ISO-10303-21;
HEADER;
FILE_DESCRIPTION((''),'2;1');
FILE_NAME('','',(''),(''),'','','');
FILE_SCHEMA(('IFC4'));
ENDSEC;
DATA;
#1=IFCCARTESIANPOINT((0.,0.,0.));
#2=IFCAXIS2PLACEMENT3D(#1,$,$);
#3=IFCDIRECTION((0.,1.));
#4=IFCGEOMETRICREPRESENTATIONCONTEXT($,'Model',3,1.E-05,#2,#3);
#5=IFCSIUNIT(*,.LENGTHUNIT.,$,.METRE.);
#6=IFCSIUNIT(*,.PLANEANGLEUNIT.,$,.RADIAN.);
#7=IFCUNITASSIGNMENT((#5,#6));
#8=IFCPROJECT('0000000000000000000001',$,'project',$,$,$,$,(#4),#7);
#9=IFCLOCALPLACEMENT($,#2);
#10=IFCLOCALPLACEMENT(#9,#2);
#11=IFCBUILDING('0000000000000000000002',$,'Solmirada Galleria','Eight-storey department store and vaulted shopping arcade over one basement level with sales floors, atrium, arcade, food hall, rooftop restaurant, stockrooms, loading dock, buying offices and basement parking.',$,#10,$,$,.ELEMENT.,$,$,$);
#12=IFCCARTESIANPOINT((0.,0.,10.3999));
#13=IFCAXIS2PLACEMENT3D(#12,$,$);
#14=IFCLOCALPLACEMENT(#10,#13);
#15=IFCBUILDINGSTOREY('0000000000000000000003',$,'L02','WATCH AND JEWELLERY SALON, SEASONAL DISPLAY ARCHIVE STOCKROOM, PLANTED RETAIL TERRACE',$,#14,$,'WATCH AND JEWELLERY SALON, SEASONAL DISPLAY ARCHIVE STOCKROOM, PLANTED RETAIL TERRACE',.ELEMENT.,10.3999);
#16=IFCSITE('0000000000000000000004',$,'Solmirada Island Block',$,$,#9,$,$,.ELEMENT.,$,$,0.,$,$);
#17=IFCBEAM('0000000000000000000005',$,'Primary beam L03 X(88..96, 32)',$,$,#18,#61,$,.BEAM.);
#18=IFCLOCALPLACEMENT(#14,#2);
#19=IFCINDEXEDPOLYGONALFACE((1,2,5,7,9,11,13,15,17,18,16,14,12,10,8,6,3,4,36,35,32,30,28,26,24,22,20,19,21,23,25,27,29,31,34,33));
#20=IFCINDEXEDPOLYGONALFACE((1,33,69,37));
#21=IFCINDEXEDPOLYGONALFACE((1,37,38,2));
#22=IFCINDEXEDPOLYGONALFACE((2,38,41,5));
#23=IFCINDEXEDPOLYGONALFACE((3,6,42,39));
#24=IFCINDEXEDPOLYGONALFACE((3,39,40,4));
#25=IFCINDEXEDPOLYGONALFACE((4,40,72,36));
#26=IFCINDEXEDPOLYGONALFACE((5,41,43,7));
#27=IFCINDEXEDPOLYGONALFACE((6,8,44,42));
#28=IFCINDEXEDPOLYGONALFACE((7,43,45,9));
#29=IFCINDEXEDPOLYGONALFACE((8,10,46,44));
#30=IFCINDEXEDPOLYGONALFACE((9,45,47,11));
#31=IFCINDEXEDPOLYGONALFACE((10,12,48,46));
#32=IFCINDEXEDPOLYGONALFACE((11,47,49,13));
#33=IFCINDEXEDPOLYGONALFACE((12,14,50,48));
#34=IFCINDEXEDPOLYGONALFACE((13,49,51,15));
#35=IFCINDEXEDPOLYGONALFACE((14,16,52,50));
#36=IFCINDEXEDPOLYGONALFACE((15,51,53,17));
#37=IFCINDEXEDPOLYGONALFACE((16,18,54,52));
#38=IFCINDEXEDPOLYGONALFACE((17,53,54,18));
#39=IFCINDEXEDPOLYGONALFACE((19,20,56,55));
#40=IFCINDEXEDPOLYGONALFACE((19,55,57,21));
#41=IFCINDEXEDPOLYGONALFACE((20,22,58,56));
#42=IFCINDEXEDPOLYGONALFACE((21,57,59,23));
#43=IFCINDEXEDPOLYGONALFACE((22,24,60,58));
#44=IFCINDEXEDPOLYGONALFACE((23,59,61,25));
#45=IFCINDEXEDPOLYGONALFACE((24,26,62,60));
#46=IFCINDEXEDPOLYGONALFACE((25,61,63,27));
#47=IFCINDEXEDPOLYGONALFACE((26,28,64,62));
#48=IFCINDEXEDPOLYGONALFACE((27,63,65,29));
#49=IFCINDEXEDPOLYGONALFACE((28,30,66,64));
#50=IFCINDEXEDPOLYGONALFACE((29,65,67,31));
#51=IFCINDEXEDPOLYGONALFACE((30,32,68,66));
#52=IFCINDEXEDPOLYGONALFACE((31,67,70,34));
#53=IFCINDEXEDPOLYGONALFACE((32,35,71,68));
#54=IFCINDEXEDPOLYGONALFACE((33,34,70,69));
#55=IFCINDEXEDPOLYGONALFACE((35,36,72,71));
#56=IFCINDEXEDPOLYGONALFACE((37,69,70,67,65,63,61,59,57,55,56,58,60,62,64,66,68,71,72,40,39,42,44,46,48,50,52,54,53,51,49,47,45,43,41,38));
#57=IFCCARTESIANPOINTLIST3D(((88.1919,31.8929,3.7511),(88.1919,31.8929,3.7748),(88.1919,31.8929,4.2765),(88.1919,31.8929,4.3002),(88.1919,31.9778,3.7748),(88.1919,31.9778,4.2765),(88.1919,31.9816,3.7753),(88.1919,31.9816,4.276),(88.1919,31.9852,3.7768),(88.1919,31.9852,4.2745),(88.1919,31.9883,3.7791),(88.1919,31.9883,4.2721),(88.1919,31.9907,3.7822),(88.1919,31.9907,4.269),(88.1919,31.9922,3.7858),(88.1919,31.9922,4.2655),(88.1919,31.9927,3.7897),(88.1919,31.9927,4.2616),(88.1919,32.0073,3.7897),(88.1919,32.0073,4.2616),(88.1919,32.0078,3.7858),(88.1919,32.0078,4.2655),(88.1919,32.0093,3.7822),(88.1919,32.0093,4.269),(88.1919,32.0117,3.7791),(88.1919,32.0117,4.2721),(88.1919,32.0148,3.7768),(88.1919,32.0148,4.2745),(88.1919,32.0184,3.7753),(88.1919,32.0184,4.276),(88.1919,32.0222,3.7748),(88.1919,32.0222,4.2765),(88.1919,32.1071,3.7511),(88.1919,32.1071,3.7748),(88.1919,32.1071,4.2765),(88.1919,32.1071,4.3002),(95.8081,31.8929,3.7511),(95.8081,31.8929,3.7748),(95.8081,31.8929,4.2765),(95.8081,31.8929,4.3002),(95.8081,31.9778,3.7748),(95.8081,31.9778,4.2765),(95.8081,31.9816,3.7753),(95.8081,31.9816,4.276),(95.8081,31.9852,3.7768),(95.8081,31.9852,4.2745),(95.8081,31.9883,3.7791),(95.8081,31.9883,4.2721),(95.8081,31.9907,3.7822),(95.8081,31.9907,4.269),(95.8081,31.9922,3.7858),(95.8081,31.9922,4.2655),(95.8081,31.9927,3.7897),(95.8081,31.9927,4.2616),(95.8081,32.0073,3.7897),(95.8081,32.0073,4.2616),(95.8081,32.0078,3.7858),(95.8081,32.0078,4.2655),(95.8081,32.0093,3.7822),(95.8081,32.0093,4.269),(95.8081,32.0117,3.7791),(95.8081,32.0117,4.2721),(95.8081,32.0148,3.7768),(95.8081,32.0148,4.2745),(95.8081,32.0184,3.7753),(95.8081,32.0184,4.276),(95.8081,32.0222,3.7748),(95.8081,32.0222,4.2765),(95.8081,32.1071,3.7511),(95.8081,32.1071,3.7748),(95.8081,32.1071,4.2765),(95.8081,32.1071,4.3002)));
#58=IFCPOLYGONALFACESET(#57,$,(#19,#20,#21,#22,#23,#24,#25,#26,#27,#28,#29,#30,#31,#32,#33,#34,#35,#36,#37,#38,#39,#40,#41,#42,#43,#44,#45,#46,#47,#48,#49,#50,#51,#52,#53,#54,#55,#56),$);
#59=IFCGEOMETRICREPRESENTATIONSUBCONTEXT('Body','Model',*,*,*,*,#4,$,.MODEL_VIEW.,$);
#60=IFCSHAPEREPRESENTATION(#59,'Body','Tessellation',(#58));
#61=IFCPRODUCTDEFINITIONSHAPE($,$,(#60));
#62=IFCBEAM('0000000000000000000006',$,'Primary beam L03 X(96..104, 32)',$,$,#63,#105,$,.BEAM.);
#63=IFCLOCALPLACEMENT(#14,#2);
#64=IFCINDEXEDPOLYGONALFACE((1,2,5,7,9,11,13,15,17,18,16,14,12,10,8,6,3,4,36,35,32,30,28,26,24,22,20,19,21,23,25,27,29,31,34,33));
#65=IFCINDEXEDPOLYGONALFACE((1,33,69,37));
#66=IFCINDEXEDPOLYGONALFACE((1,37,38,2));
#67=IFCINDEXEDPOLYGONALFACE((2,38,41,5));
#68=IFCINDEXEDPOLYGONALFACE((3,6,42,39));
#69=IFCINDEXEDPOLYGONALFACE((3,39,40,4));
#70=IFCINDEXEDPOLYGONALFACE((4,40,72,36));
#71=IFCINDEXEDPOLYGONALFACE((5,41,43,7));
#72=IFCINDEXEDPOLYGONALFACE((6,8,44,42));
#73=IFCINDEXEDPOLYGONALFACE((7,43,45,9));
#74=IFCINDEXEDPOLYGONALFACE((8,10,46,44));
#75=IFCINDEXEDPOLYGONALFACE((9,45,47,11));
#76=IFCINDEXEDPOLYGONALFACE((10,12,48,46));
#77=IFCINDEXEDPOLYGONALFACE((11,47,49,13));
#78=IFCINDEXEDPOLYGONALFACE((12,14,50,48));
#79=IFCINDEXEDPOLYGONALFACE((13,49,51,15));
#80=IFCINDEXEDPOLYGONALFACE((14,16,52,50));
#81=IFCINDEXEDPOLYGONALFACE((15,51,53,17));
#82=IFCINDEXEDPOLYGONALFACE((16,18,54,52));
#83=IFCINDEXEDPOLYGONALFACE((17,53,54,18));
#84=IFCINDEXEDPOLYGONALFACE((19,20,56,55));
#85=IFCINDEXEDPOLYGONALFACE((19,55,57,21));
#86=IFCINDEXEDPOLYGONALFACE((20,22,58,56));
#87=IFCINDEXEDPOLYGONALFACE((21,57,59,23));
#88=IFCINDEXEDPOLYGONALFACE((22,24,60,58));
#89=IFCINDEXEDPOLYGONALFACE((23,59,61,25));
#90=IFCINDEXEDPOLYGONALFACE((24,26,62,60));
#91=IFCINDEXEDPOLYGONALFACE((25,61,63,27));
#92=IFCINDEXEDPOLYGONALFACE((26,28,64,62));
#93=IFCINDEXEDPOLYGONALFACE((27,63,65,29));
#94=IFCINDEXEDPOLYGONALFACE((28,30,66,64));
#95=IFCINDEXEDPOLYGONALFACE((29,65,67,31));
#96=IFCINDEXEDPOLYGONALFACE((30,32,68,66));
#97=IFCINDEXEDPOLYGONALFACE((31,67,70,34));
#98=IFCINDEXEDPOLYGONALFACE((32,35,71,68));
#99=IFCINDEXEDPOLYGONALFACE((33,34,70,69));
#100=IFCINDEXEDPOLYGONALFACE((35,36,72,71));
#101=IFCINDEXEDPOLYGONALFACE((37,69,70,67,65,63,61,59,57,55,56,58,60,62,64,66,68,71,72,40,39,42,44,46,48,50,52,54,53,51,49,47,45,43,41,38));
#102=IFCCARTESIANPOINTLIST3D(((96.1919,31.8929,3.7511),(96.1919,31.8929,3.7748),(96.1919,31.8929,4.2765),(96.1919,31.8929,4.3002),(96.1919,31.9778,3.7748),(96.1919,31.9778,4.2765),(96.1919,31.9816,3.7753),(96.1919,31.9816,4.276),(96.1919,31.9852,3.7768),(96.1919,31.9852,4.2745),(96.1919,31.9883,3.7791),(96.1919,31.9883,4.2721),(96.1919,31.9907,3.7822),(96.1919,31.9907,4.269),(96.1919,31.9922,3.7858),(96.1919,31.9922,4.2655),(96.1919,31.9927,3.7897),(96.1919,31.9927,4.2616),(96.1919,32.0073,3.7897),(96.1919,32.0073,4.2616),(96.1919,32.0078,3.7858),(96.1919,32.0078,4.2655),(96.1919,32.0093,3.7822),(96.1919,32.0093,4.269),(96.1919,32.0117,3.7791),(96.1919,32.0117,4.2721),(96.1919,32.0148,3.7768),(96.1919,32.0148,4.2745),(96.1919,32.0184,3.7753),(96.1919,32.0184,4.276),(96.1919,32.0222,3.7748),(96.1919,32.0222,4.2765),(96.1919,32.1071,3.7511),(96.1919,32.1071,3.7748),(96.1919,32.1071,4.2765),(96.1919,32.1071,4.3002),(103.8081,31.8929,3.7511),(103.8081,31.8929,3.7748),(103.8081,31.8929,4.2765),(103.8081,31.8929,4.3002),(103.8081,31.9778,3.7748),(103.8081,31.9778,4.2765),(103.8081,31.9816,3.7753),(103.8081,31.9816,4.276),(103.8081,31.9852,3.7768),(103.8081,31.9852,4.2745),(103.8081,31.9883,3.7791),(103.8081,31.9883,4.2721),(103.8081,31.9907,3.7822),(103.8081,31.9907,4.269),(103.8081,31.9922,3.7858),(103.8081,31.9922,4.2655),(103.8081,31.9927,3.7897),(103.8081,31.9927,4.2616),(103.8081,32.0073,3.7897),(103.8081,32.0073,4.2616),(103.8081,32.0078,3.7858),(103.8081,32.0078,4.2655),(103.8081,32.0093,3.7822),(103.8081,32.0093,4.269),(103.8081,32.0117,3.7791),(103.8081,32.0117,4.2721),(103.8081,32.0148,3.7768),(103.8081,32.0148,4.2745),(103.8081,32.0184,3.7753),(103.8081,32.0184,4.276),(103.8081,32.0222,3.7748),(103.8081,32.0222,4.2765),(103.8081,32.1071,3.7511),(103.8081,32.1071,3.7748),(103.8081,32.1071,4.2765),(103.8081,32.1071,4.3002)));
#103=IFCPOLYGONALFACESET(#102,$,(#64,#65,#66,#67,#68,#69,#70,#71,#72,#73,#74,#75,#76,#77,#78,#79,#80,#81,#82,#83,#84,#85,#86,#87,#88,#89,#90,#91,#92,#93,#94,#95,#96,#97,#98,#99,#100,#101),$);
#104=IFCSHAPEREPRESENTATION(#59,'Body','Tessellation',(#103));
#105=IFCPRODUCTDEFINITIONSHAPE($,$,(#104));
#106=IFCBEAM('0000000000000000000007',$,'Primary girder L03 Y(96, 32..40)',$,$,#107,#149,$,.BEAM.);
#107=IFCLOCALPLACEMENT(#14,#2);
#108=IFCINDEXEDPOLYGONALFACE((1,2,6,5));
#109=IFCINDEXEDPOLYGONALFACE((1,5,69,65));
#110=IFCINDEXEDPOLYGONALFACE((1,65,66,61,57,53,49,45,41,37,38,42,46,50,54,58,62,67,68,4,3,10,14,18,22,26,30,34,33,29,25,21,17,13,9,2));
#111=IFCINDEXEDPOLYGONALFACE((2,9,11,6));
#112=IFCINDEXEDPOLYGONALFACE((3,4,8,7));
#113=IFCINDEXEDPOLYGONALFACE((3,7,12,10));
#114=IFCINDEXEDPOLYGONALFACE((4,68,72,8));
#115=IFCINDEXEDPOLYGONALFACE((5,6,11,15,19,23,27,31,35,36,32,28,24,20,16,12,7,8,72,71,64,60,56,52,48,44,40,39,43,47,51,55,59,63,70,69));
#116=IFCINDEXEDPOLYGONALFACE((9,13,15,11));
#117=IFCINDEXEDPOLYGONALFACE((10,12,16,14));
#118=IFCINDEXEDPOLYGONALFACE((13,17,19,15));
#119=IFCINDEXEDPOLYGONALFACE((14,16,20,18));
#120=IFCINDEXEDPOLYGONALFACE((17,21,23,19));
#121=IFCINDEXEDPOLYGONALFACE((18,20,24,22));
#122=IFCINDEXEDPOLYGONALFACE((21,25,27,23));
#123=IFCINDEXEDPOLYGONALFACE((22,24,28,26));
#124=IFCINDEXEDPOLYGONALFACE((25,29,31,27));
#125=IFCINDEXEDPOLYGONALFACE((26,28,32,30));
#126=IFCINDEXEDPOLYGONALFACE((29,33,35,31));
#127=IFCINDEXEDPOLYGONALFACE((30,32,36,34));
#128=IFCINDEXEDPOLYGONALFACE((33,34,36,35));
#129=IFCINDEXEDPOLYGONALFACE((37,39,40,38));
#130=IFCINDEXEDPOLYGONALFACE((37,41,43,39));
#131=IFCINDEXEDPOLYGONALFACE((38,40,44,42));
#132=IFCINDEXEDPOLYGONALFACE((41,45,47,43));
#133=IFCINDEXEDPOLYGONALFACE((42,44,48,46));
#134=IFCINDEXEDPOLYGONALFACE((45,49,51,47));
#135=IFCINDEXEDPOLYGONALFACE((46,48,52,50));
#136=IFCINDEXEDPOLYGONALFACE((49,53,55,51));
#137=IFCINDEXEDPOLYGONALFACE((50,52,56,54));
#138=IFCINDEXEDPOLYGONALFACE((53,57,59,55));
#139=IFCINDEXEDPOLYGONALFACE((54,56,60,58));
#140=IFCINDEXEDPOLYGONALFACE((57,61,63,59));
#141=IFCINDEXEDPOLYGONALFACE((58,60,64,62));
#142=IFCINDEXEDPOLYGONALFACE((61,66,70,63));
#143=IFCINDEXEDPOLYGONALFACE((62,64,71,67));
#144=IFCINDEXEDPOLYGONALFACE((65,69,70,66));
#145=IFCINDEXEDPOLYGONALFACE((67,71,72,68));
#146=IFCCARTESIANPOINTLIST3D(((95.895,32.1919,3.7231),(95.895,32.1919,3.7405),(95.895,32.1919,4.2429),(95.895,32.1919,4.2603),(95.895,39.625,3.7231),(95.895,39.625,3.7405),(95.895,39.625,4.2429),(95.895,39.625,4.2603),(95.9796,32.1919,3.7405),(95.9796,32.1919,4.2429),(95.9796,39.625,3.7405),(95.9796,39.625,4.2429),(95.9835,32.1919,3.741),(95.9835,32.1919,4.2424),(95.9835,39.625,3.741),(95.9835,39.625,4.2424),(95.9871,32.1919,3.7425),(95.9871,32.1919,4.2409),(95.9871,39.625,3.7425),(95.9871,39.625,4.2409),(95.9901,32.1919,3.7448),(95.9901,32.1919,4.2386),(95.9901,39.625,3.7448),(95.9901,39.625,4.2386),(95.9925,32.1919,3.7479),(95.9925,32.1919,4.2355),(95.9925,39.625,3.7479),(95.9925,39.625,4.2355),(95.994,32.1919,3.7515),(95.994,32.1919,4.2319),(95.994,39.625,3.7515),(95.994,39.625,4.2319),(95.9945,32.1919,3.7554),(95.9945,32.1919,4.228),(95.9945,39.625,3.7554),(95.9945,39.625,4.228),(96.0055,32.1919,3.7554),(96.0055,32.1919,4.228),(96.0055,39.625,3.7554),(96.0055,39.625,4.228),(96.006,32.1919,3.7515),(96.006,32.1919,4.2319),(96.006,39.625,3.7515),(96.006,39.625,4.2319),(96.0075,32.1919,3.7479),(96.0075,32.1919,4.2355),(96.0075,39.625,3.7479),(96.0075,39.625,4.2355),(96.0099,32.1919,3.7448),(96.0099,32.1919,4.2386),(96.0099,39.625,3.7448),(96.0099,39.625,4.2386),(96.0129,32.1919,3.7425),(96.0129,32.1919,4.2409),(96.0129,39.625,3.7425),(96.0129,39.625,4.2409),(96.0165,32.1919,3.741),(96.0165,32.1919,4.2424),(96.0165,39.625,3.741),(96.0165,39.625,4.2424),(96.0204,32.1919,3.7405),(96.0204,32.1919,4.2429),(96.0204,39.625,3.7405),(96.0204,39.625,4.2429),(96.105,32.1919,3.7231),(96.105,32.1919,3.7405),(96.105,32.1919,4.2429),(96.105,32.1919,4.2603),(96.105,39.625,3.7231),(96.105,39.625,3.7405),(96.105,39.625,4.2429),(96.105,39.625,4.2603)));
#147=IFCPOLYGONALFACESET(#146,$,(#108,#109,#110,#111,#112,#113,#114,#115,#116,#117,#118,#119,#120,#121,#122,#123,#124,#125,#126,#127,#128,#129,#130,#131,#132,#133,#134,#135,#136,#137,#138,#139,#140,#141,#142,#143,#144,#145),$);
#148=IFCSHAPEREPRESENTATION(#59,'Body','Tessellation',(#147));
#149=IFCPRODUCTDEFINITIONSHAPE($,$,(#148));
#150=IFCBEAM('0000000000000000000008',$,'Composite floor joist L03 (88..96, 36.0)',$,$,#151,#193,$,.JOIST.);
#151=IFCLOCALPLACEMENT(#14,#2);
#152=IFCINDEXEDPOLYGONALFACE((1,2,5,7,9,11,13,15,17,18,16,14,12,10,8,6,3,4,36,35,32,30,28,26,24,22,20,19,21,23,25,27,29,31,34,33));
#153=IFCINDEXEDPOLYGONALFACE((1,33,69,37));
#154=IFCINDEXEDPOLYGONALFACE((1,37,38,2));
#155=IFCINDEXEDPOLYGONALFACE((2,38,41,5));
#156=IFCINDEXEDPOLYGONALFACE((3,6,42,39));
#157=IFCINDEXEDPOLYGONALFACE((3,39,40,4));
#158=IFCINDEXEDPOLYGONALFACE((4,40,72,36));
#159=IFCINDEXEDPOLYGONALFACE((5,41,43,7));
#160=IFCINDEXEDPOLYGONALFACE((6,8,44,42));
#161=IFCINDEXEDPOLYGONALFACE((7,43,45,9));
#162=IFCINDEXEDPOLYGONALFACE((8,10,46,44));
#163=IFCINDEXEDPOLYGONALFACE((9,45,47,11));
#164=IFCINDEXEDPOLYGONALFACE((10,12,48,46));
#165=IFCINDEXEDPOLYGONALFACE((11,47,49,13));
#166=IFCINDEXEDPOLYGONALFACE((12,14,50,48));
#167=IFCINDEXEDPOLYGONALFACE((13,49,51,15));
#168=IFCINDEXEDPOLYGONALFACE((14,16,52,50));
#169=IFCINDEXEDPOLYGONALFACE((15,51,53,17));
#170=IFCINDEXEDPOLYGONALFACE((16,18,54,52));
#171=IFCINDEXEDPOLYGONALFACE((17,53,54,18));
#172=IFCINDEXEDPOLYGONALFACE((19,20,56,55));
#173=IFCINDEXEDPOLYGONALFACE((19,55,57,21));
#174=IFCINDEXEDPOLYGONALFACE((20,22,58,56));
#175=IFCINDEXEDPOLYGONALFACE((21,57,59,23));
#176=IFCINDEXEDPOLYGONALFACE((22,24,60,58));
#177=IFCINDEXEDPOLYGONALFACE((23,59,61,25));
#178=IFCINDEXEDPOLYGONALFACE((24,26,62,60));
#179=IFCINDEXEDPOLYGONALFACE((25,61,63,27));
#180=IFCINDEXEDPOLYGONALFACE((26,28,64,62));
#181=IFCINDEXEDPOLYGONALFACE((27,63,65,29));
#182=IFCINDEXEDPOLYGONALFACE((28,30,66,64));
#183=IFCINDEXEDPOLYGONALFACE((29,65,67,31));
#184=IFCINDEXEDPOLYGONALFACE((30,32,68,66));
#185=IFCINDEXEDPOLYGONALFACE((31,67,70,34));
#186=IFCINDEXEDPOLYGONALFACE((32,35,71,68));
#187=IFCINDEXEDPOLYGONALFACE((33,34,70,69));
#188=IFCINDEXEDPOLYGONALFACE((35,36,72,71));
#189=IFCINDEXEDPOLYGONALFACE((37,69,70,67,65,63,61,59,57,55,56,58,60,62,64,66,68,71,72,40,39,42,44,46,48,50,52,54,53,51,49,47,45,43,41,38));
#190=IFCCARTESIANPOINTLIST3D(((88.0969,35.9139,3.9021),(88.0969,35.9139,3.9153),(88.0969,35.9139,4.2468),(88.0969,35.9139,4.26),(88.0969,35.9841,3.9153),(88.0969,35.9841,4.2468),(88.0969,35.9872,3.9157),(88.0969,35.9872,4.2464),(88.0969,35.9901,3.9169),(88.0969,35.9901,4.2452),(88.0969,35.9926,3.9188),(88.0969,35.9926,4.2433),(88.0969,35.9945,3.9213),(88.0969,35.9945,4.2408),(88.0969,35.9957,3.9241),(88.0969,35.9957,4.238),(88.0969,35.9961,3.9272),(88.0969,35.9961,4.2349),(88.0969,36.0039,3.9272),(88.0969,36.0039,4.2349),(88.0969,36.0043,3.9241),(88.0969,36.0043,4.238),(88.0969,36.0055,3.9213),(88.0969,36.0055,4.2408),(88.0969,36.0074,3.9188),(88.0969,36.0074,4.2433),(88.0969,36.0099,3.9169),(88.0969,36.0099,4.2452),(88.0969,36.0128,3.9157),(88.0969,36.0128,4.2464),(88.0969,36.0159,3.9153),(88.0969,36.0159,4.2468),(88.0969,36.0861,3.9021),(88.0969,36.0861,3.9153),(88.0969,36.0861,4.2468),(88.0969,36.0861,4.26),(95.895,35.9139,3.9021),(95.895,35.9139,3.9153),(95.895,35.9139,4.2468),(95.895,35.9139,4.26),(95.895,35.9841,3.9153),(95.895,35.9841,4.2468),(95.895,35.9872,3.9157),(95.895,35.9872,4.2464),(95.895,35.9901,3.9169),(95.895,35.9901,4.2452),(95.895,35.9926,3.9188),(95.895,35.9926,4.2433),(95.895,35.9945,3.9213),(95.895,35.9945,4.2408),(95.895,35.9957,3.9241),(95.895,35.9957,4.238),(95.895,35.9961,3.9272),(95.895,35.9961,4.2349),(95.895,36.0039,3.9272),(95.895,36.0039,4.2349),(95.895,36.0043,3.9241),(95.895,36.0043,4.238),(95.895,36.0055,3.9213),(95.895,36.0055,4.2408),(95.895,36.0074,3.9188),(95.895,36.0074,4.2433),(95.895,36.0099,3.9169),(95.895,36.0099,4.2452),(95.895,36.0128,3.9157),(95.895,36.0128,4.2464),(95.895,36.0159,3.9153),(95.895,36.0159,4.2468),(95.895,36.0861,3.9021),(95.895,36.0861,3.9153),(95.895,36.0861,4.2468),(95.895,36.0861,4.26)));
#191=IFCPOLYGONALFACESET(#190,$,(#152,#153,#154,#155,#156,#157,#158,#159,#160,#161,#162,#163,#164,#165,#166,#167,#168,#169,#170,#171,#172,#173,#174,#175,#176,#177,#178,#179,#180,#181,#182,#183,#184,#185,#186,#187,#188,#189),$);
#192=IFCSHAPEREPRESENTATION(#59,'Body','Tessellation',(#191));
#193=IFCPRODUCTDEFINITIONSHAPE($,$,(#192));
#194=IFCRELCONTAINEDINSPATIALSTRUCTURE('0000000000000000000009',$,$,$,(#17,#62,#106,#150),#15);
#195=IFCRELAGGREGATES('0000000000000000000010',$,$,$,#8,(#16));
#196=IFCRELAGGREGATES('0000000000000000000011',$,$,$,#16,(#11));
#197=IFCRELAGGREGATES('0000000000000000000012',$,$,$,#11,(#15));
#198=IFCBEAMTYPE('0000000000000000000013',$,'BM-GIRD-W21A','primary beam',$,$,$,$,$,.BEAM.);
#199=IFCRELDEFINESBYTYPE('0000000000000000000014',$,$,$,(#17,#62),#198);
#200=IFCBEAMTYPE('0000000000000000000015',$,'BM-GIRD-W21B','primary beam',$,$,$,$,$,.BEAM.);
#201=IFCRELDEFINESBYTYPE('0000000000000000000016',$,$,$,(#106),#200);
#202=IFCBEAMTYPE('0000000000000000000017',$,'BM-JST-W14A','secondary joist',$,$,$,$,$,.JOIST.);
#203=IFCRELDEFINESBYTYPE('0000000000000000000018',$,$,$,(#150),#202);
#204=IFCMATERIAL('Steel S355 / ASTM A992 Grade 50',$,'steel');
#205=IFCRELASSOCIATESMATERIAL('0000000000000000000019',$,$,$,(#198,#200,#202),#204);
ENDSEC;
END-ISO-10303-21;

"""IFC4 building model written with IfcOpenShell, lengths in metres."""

from ifc_helpers import new_model, si_unit, direction, frame, origin, origin_2d, place, context, subcontext, project, spatial, i_section, extrude, material, material_profile, profile_set, type_object, element, save


model = new_model("IFC4")

# Units and contexts
model_context = context("Model", 3, precision=1e-05, world=origin(), true_north=direction((0.0, 1.0)))
body_context = subcontext(model_context, "Body", "Model", "MODEL_VIEW")
ifc_project = project(units=[si_unit("LENGTHUNIT", "METRE"), si_unit("PLANEANGLEUNIT", "RADIAN")], contexts=[model_context])

# Site, building, storey
site_placement = place(None, origin())
site = spatial("IfcSite", under=ifc_project, at=site_placement, Name="Solmirada Island Block", CompositionType="ELEMENT", RefElevation=0.0)
building_placement = place(site_placement, origin())
building = spatial("IfcBuilding", under=site, at=building_placement, Name="Solmirada Galleria", Description="Eight-storey department store and vaulted shopping arcade over one basement level with sales floors, atrium, arcade, food hall, rooftop restaurant, stockrooms, loading dock, buying offices and basement parking.", CompositionType="ELEMENT")
storey_placement = place(building_placement, frame((0.0, 0.0, 10.3999)))
storey = spatial("IfcBuildingStorey", under=building, at=storey_placement, Name="L02", Description="WATCH AND JEWELLERY SALON, SEASONAL DISPLAY ARCHIVE STOCKROOM, PLANTED RETAIL TERRACE", LongName="WATCH AND JEWELLERY SALON, SEASONAL DISPLAY ARCHIVE STOCKROOM, PLANTED RETAIL TERRACE", CompositionType="ELEMENT", Elevation=10.3999)

# Beams
ifc_material_1 = material(Name="Steel S355 / ASTM A992 Grade 50", Category="steel")
ifc_material_profile_1 = material_profile(ifc_material_1, i_section(OverallWidth=0.2141, OverallDepth=0.5491, WebThickness=0.0146, FlangeThickness=0.0237, FilletRadius=0.0149, at=origin_2d()), Name="W21X93")
ifc_profile_set_1 = profile_set([ifc_material_profile_1], Name="Steel S355 / ASTM A992 Grade 50")
beam_type_1 = type_object("IfcBeamType", Name="BM-GIRD-W21A", Description="primary beam", PredefinedType="BEAM", material=ifc_profile_set_1)
for number, where, z_axis, x_axis, name in (
    (1, (88.1919, 32.0, 4.0256), (1.0, 0.0, 0.0), (0.0, 1.0, 0.0), "Primary beam L03 X(88..96, 32)"),
    (2, (96.1919, 32.0, 4.0256), (1.0, 0.0, 0.0), (0.0, 1.0, 0.0), "Primary beam L03 X(96..104, 32)"),
):
    element("IfcBeam", number, at=place(storey_placement, frame(where, z_axis=z_axis, x_axis=x_axis)), inside=storey, type_object=beam_type_1, Name=name, PredefinedType="BEAM", context=body_context, shape_type="SweptSolid", body=[
        extrude(i_section(OverallWidth=0.2141, OverallDepth=0.5491, WebThickness=0.0146, FlangeThickness=0.0237, FilletRadius=0.0149, at=origin_2d()), origin(), (0.0, 0.0, 1.0), 7.6162),
    ])
ifc_material_profile_2 = material_profile(ifc_material_1, i_section(OverallWidth=0.21, OverallDepth=0.5371, WebThickness=0.011, FlangeThickness=0.0173, FilletRadius=0.0149, at=origin_2d()), Name="W21X68")
ifc_profile_set_2 = profile_set([ifc_material_profile_2], Name="Steel S355 / ASTM A992 Grade 50")
beam_type_2 = type_object("IfcBeamType", Name="BM-GIRD-W21B", Description="primary beam", PredefinedType="BEAM", material=ifc_profile_set_2)
beam_1_placement = place(storey_placement, frame((96.0, 32.1919, 3.9917), z_axis=(0.0, 1.0, 0.0), x_axis=(-1.0, 0.0, 0.0)))
element("IfcBeam", 3, at=beam_1_placement, inside=storey, type_object=beam_type_2, Name="Primary girder L03 Y(96, 32..40)", PredefinedType="BEAM", context=body_context, shape_type="SweptSolid", body=[
    extrude(i_section(OverallWidth=0.21, OverallDepth=0.5371, WebThickness=0.011, FlangeThickness=0.0173, FilletRadius=0.0149, at=origin_2d()), origin(), (0.0, 0.0, 1.0), 7.4331),
])
ifc_material_profile_3 = material_profile(ifc_material_1, i_section(OverallWidth=0.1721, OverallDepth=0.3579, WebThickness=0.0078, FlangeThickness=0.0132, FilletRadius=0.012, at=origin_2d()), Name="W14X38")
ifc_profile_set_3 = profile_set([ifc_material_profile_3], Name="Steel S355 / ASTM A992 Grade 50")
beam_type_3 = type_object("IfcBeamType", Name="BM-JST-W14A", Description="secondary joist", PredefinedType="JOIST", material=ifc_profile_set_3)
for number, where, z_axis, x_axis, name in (
    (4, (88.0969, 36.0, 4.0811), (1.0, 0.0, 0.0), (0.0, 1.0, 0.0), "Composite floor joist L03 (88..96, 36.0)"),
):
    element("IfcBeam", number, at=place(storey_placement, frame(where, z_axis=z_axis, x_axis=x_axis)), inside=storey, type_object=beam_type_3, Name=name, PredefinedType="JOIST", context=body_context, shape_type="SweptSolid", body=[
        extrude(i_section(OverallWidth=0.1721, OverallDepth=0.3579, WebThickness=0.0078, FlangeThickness=0.0132, FilletRadius=0.012, at=origin_2d()), origin(), (0.0, 0.0, 1.0), 7.7981),
    ])

save(model, "model.ifc")
